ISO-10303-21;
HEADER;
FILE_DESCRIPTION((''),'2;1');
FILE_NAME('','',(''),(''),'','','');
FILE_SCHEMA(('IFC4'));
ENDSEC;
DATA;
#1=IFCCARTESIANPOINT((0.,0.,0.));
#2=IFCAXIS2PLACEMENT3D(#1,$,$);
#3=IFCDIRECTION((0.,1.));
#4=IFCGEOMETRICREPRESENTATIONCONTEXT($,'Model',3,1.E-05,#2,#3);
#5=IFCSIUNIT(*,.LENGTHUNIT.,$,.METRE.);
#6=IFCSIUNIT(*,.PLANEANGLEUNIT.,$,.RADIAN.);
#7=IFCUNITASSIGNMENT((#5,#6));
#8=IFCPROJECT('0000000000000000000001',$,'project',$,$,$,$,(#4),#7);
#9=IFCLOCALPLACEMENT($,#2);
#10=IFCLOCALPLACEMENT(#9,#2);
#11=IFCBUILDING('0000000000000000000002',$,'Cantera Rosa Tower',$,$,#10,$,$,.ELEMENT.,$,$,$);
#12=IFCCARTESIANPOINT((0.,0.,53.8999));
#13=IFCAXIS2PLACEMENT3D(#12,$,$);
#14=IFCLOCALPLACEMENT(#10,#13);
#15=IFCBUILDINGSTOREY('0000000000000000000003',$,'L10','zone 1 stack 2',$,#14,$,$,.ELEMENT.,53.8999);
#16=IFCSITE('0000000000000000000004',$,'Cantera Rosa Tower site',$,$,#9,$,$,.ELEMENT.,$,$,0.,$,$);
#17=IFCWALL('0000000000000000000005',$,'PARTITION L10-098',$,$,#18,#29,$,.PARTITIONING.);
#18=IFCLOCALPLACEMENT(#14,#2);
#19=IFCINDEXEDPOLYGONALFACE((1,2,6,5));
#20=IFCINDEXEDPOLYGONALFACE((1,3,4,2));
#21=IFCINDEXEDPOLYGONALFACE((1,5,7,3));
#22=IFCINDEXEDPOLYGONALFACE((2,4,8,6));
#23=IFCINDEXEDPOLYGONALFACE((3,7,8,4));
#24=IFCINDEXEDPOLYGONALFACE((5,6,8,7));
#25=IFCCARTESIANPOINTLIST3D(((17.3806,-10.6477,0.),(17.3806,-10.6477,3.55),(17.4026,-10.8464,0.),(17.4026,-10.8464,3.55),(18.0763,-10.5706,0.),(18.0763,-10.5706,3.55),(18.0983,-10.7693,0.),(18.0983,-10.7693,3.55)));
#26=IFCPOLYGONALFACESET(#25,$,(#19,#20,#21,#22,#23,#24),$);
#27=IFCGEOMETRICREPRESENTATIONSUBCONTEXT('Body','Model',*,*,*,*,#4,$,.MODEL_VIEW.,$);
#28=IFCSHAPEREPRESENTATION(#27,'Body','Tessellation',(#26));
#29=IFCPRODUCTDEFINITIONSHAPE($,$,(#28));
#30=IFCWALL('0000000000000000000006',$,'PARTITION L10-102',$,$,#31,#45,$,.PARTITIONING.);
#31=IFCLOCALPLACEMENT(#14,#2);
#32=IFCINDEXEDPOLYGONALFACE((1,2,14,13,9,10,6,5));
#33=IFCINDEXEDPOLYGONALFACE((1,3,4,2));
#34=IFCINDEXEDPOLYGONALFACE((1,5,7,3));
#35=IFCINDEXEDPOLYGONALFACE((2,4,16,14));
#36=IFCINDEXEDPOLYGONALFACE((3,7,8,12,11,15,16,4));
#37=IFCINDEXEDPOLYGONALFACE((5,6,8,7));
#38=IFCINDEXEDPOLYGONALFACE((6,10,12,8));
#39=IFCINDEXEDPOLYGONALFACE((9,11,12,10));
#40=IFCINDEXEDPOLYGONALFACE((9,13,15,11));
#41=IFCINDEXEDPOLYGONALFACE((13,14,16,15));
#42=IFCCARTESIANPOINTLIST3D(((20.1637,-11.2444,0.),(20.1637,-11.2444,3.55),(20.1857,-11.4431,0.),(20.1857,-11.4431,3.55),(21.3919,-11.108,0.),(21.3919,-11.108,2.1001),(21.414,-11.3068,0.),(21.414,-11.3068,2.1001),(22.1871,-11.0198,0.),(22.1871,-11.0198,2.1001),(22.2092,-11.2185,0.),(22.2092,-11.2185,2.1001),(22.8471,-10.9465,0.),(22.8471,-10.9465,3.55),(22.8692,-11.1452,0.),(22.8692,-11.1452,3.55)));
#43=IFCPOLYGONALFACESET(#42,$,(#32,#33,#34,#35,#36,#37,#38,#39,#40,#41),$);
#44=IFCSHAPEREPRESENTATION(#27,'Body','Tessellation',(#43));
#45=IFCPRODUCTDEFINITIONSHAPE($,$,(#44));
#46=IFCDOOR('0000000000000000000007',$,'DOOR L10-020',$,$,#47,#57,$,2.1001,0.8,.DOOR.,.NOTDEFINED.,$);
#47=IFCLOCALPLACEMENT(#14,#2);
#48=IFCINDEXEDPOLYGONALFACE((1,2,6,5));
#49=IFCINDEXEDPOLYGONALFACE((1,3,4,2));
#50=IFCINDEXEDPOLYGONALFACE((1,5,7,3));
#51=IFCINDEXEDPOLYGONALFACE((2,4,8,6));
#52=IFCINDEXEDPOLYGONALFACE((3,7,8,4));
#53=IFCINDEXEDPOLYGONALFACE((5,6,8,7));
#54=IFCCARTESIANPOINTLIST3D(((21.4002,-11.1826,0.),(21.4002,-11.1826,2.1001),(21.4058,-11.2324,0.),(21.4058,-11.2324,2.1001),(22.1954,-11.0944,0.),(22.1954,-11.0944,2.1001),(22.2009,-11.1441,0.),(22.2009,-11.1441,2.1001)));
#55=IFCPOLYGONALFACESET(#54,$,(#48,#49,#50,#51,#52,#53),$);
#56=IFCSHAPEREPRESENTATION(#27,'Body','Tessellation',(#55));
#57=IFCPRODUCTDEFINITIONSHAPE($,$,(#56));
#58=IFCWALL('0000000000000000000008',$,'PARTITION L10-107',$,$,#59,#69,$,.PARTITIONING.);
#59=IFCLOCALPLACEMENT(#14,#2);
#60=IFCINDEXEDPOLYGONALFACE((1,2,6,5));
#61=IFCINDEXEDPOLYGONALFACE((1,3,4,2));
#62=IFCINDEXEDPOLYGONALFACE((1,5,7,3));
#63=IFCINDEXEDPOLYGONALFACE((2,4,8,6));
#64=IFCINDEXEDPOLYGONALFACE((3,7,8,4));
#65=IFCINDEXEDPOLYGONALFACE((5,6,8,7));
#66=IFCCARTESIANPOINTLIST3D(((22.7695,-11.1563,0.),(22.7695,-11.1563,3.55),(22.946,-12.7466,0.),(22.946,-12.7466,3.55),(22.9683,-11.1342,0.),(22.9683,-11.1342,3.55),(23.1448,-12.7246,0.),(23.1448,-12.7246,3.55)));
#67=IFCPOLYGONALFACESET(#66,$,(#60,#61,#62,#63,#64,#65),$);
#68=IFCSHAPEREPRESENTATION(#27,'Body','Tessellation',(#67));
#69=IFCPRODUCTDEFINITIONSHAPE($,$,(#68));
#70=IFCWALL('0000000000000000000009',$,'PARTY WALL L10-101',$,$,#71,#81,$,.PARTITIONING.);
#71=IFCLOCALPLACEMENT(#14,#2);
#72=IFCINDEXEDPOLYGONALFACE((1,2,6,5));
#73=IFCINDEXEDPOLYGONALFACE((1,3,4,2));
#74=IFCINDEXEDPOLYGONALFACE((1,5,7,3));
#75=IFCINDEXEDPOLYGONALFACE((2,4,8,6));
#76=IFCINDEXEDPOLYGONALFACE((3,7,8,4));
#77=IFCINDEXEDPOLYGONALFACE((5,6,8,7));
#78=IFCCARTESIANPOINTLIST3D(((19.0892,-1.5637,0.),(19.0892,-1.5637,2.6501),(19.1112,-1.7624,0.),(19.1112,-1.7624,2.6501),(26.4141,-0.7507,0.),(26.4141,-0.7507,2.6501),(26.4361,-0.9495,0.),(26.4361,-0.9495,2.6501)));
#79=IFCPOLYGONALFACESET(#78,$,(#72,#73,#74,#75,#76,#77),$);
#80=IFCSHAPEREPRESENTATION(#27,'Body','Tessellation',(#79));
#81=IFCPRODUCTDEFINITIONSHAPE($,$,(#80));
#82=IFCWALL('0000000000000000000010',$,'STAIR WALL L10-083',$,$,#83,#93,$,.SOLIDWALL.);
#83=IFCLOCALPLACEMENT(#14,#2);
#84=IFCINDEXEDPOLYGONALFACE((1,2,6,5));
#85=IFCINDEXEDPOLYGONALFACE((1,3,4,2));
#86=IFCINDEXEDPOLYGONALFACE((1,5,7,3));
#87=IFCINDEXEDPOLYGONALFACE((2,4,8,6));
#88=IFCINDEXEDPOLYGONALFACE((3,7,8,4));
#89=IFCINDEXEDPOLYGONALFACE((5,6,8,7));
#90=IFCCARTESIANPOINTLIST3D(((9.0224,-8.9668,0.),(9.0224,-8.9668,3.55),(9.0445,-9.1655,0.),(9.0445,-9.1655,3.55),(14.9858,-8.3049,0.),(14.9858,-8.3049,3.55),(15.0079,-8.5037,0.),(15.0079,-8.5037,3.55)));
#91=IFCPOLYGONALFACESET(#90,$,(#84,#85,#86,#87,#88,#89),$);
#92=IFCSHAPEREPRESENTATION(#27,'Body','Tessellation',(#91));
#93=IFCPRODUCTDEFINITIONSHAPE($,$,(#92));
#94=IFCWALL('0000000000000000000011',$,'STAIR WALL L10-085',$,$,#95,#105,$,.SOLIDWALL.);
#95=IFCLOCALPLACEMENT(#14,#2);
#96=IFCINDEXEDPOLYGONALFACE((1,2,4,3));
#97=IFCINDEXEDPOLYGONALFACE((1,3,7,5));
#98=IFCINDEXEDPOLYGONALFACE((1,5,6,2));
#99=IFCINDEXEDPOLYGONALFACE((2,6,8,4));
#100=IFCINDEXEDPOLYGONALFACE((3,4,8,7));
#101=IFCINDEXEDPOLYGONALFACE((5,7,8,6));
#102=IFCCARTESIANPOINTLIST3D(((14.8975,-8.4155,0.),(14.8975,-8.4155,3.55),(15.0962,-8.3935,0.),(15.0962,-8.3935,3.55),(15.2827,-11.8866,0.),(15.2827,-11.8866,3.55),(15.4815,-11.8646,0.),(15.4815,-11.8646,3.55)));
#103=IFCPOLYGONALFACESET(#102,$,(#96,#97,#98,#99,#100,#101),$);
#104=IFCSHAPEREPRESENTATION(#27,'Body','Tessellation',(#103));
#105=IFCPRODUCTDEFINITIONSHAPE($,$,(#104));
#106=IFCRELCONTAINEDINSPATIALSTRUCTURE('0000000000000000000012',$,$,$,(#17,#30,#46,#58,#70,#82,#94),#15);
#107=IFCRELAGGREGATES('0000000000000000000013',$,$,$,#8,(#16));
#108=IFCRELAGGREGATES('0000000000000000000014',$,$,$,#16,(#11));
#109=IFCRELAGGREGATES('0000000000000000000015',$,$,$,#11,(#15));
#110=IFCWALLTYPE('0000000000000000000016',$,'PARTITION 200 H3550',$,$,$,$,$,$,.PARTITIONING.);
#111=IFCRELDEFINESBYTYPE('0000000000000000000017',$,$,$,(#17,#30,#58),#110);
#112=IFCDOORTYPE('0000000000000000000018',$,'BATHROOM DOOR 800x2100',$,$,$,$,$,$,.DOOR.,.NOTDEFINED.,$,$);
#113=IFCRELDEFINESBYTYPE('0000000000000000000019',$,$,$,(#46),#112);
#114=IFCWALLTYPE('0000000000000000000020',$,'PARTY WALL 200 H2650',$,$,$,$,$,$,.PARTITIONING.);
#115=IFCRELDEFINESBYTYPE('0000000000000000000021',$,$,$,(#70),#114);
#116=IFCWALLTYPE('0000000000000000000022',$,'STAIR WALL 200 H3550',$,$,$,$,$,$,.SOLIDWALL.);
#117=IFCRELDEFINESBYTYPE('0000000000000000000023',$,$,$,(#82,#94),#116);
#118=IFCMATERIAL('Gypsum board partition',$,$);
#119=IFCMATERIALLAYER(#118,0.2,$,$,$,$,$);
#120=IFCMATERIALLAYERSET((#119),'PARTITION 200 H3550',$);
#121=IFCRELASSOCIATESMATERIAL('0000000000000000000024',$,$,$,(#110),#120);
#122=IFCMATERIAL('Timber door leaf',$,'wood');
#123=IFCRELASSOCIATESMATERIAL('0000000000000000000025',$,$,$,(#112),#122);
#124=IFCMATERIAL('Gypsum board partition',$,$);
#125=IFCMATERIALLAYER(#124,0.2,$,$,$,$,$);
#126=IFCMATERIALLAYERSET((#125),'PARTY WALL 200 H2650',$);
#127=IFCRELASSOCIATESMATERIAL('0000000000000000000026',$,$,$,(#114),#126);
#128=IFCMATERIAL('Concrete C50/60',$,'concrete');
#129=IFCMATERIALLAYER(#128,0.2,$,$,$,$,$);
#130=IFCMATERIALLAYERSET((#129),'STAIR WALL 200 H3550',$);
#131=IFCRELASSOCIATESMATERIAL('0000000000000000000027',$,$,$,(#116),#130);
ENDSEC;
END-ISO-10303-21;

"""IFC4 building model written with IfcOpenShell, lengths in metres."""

from ifc_helpers import new_model, si_unit, direction, frame, frame_2d, origin, place, context, subcontext, project, spatial, rectangle, extrude, material, layer, layer_set, type_object, element, fill, save


model = new_model("IFC4")

# Units and contexts
model_context = context("Model", 3, precision=1e-05, world=origin(), true_north=direction((0.0, 1.0)))
body_context = subcontext(model_context, "Body", "Model", "MODEL_VIEW")
ifc_project = project(units=[si_unit("LENGTHUNIT", "METRE"), si_unit("PLANEANGLEUNIT", "RADIAN")], contexts=[model_context])

# Site, building, storey
site_placement = place(None, origin())
site = spatial("IfcSite", under=ifc_project, at=site_placement, Name="Cantera Rosa Tower site", CompositionType="ELEMENT", RefElevation=0.0)
building_placement = place(site_placement, origin())
building = spatial("IfcBuilding", under=site, at=building_placement, Name="Cantera Rosa Tower", CompositionType="ELEMENT")
storey_placement = place(building_placement, frame((0.0, 0.0, 53.8999)))
storey = spatial("IfcBuildingStorey", under=building, at=storey_placement, Name="L10", Description="zone 1 stack 2", CompositionType="ELEMENT", Elevation=53.8999)

# Wall
ifc_material_1 = material(Name="Gypsum board partition")
ifc_layer_1 = layer(ifc_material_1, 0.2)
ifc_layer_set_1 = layer_set([ifc_layer_1], Name="PARTITION 200 H3550")
wall_type_1 = type_object("IfcWallType", Name="PARTITION 200 H3550", PredefinedType="PARTITIONING", material=ifc_layer_set_1)
wall_1_placement = place(storey_placement, frame((18.0874, -10.6699, 0.0), z_axis=(0.0, 0.0, 1.0), x_axis=(-0.993909, -0.110202, 0.0)))
element("IfcWall", 1, at=wall_1_placement, inside=storey, type_object=wall_type_1, Name="PARTITION L10-098", PredefinedType="PARTITIONING", context=body_context, shape_type="SweptSolid", body=[
    extrude(rectangle(XDim=0.7, YDim=0.2, at=frame_2d((0.3501, 0.0))), origin(), (0.0, 0.0, 1.0), 3.55),
])

# Wall, opening, door
wall_2_placement = place(storey_placement, frame((20.1746, -11.3438, 0.0), z_axis=(0.0, 0.0, 1.0), x_axis=(0.993896, 0.110322, 0.0)))
wall_2 = element("IfcWall", 2, at=wall_2_placement, inside=storey, type_object=wall_type_1, Name="PARTITION L10-102", PredefinedType="PARTITIONING", context=body_context, shape_type="SweptSolid", body=[
    extrude(rectangle(XDim=2.7, YDim=0.2, at=frame_2d((1.3501, 0.0))), origin(), (0.0, 0.0, 1.0), 3.55),
])
opening_1_placement = place(wall_2_placement, frame((1.2361, 0.0, 0.0)))
opening_1 = element("IfcOpeningElement", 3, at=opening_1_placement, cuts=wall_2, PredefinedType="OPENING", context=body_context, shape_type="SweptSolid", body=[
    extrude(rectangle(XDim=0.8, YDim=2.1001, at=frame_2d((0.3999, 1.05))), frame((0.0, 0.1099, 0.0), z_axis=(0.0, -1.0, 0.0), x_axis=(1.0, 0.0, 0.0)), (0.0, 0.0, 1.0), 0.22),
])
ifc_material_2 = material(Name="Timber door leaf", Category="wood")
door_type_1 = type_object("IfcDoorType", Name="BATHROOM DOOR 800x2100", OperationType="NOTDEFINED", PredefinedType="DOOR", material=ifc_material_2)
door_1_placement = place(opening_1_placement, origin())
door_1 = element("IfcDoor", 4, at=door_1_placement, inside=storey, type_object=door_type_1, Name="DOOR L10-020", OperationType="NOTDEFINED", OverallHeight=2.1001, OverallWidth=0.8, PredefinedType="DOOR", context=body_context, shape_type="SweptSolid", body=[
    extrude(rectangle(XDim=0.8, YDim=2.1001, at=frame_2d((0.3999, 1.05))), frame((0.0, 0.0249, 0.0), z_axis=(0.0, -1.0, 0.0), x_axis=(1.0, 0.0, 0.0)), (0.0, 0.0, 1.0), 0.05),
])
fill(opening_1, door_1)

# Walls
wall_3_placement = place(storey_placement, frame((22.8689, -11.1453, 0.0), z_axis=(0.0, 0.0, 1.0), x_axis=(0.110314, -0.993897, 0.0)))
element("IfcWall", 5, at=wall_3_placement, inside=storey, type_object=wall_type_1, Name="PARTITION L10-107", PredefinedType="PARTITIONING", context=body_context, shape_type="SweptSolid", body=[
    extrude(rectangle(XDim=1.6001, YDim=0.2, at=frame_2d((0.8, 0.0))), origin(), (0.0, 0.0, 1.0), 3.55),
])
ifc_material_3 = material(Name="Gypsum board partition")
ifc_layer_2 = layer(ifc_material_3, 0.2)
ifc_layer_set_2 = layer_set([ifc_layer_2], Name="PARTY WALL 200 H2650")
wall_type_2 = type_object("IfcWallType", Name="PARTY WALL 200 H2650", PredefinedType="PARTITIONING", material=ifc_layer_set_2)
wall_4_placement = place(storey_placement, frame((19.1001, -1.6631, 0.0), z_axis=(0.0, 0.0, 1.0), x_axis=(0.993897, 0.110312, 0.0)))
element("IfcWall", 6, at=wall_4_placement, inside=storey, type_object=wall_type_2, Name="PARTY WALL L10-101", PredefinedType="PARTITIONING", context=body_context, shape_type="SweptSolid", body=[
    extrude(rectangle(XDim=7.3699, YDim=0.2, at=frame_2d((3.6851, 0.0))), origin(), (0.0, 0.0, 1.0), 2.6501),
])
ifc_material_4 = material(Name="Concrete C50/60", Category="concrete")
ifc_layer_3 = layer(ifc_material_4, 0.2)
ifc_layer_set_3 = layer_set([ifc_layer_3], Name="STAIR WALL 200 H3550")
wall_type_3 = type_object("IfcWallType", Name="STAIR WALL 200 H3550", PredefinedType="SOLIDWALL", material=ifc_layer_set_3)
wall_5_placement = place(storey_placement, frame((14.9968, -8.4043, 0.0), z_axis=(0.0, 0.0, 1.0), x_axis=(-0.993897, -0.110311, 0.0)))
element("IfcWall", 7, at=wall_5_placement, inside=storey, type_object=wall_type_3, Name="STAIR WALL L10-083", PredefinedType="SOLIDWALL", context=body_context, shape_type="SweptSolid", body=[
    extrude(rectangle(XDim=6.0, YDim=0.2, at=frame_2d((3.0, 0.0))), origin(), (0.0, 0.0, 1.0), 3.55),
])
wall_6_placement = place(storey_placement, frame((15.3821, -11.8755, 0.0), z_axis=(0.0, 0.0, 1.0), x_axis=(-0.110309, 0.993897, 0.0)))
element("IfcWall", 8, at=wall_6_placement, inside=storey, type_object=wall_type_3, Name="STAIR WALL L10-085", PredefinedType="SOLIDWALL", context=body_context, shape_type="SweptSolid", body=[
    extrude(rectangle(XDim=3.4924, YDim=0.2, at=frame_2d((1.7461, 0.0))), origin(), (0.0, 0.0, 1.0), 3.55),
])

save(model, "model.ifc")
